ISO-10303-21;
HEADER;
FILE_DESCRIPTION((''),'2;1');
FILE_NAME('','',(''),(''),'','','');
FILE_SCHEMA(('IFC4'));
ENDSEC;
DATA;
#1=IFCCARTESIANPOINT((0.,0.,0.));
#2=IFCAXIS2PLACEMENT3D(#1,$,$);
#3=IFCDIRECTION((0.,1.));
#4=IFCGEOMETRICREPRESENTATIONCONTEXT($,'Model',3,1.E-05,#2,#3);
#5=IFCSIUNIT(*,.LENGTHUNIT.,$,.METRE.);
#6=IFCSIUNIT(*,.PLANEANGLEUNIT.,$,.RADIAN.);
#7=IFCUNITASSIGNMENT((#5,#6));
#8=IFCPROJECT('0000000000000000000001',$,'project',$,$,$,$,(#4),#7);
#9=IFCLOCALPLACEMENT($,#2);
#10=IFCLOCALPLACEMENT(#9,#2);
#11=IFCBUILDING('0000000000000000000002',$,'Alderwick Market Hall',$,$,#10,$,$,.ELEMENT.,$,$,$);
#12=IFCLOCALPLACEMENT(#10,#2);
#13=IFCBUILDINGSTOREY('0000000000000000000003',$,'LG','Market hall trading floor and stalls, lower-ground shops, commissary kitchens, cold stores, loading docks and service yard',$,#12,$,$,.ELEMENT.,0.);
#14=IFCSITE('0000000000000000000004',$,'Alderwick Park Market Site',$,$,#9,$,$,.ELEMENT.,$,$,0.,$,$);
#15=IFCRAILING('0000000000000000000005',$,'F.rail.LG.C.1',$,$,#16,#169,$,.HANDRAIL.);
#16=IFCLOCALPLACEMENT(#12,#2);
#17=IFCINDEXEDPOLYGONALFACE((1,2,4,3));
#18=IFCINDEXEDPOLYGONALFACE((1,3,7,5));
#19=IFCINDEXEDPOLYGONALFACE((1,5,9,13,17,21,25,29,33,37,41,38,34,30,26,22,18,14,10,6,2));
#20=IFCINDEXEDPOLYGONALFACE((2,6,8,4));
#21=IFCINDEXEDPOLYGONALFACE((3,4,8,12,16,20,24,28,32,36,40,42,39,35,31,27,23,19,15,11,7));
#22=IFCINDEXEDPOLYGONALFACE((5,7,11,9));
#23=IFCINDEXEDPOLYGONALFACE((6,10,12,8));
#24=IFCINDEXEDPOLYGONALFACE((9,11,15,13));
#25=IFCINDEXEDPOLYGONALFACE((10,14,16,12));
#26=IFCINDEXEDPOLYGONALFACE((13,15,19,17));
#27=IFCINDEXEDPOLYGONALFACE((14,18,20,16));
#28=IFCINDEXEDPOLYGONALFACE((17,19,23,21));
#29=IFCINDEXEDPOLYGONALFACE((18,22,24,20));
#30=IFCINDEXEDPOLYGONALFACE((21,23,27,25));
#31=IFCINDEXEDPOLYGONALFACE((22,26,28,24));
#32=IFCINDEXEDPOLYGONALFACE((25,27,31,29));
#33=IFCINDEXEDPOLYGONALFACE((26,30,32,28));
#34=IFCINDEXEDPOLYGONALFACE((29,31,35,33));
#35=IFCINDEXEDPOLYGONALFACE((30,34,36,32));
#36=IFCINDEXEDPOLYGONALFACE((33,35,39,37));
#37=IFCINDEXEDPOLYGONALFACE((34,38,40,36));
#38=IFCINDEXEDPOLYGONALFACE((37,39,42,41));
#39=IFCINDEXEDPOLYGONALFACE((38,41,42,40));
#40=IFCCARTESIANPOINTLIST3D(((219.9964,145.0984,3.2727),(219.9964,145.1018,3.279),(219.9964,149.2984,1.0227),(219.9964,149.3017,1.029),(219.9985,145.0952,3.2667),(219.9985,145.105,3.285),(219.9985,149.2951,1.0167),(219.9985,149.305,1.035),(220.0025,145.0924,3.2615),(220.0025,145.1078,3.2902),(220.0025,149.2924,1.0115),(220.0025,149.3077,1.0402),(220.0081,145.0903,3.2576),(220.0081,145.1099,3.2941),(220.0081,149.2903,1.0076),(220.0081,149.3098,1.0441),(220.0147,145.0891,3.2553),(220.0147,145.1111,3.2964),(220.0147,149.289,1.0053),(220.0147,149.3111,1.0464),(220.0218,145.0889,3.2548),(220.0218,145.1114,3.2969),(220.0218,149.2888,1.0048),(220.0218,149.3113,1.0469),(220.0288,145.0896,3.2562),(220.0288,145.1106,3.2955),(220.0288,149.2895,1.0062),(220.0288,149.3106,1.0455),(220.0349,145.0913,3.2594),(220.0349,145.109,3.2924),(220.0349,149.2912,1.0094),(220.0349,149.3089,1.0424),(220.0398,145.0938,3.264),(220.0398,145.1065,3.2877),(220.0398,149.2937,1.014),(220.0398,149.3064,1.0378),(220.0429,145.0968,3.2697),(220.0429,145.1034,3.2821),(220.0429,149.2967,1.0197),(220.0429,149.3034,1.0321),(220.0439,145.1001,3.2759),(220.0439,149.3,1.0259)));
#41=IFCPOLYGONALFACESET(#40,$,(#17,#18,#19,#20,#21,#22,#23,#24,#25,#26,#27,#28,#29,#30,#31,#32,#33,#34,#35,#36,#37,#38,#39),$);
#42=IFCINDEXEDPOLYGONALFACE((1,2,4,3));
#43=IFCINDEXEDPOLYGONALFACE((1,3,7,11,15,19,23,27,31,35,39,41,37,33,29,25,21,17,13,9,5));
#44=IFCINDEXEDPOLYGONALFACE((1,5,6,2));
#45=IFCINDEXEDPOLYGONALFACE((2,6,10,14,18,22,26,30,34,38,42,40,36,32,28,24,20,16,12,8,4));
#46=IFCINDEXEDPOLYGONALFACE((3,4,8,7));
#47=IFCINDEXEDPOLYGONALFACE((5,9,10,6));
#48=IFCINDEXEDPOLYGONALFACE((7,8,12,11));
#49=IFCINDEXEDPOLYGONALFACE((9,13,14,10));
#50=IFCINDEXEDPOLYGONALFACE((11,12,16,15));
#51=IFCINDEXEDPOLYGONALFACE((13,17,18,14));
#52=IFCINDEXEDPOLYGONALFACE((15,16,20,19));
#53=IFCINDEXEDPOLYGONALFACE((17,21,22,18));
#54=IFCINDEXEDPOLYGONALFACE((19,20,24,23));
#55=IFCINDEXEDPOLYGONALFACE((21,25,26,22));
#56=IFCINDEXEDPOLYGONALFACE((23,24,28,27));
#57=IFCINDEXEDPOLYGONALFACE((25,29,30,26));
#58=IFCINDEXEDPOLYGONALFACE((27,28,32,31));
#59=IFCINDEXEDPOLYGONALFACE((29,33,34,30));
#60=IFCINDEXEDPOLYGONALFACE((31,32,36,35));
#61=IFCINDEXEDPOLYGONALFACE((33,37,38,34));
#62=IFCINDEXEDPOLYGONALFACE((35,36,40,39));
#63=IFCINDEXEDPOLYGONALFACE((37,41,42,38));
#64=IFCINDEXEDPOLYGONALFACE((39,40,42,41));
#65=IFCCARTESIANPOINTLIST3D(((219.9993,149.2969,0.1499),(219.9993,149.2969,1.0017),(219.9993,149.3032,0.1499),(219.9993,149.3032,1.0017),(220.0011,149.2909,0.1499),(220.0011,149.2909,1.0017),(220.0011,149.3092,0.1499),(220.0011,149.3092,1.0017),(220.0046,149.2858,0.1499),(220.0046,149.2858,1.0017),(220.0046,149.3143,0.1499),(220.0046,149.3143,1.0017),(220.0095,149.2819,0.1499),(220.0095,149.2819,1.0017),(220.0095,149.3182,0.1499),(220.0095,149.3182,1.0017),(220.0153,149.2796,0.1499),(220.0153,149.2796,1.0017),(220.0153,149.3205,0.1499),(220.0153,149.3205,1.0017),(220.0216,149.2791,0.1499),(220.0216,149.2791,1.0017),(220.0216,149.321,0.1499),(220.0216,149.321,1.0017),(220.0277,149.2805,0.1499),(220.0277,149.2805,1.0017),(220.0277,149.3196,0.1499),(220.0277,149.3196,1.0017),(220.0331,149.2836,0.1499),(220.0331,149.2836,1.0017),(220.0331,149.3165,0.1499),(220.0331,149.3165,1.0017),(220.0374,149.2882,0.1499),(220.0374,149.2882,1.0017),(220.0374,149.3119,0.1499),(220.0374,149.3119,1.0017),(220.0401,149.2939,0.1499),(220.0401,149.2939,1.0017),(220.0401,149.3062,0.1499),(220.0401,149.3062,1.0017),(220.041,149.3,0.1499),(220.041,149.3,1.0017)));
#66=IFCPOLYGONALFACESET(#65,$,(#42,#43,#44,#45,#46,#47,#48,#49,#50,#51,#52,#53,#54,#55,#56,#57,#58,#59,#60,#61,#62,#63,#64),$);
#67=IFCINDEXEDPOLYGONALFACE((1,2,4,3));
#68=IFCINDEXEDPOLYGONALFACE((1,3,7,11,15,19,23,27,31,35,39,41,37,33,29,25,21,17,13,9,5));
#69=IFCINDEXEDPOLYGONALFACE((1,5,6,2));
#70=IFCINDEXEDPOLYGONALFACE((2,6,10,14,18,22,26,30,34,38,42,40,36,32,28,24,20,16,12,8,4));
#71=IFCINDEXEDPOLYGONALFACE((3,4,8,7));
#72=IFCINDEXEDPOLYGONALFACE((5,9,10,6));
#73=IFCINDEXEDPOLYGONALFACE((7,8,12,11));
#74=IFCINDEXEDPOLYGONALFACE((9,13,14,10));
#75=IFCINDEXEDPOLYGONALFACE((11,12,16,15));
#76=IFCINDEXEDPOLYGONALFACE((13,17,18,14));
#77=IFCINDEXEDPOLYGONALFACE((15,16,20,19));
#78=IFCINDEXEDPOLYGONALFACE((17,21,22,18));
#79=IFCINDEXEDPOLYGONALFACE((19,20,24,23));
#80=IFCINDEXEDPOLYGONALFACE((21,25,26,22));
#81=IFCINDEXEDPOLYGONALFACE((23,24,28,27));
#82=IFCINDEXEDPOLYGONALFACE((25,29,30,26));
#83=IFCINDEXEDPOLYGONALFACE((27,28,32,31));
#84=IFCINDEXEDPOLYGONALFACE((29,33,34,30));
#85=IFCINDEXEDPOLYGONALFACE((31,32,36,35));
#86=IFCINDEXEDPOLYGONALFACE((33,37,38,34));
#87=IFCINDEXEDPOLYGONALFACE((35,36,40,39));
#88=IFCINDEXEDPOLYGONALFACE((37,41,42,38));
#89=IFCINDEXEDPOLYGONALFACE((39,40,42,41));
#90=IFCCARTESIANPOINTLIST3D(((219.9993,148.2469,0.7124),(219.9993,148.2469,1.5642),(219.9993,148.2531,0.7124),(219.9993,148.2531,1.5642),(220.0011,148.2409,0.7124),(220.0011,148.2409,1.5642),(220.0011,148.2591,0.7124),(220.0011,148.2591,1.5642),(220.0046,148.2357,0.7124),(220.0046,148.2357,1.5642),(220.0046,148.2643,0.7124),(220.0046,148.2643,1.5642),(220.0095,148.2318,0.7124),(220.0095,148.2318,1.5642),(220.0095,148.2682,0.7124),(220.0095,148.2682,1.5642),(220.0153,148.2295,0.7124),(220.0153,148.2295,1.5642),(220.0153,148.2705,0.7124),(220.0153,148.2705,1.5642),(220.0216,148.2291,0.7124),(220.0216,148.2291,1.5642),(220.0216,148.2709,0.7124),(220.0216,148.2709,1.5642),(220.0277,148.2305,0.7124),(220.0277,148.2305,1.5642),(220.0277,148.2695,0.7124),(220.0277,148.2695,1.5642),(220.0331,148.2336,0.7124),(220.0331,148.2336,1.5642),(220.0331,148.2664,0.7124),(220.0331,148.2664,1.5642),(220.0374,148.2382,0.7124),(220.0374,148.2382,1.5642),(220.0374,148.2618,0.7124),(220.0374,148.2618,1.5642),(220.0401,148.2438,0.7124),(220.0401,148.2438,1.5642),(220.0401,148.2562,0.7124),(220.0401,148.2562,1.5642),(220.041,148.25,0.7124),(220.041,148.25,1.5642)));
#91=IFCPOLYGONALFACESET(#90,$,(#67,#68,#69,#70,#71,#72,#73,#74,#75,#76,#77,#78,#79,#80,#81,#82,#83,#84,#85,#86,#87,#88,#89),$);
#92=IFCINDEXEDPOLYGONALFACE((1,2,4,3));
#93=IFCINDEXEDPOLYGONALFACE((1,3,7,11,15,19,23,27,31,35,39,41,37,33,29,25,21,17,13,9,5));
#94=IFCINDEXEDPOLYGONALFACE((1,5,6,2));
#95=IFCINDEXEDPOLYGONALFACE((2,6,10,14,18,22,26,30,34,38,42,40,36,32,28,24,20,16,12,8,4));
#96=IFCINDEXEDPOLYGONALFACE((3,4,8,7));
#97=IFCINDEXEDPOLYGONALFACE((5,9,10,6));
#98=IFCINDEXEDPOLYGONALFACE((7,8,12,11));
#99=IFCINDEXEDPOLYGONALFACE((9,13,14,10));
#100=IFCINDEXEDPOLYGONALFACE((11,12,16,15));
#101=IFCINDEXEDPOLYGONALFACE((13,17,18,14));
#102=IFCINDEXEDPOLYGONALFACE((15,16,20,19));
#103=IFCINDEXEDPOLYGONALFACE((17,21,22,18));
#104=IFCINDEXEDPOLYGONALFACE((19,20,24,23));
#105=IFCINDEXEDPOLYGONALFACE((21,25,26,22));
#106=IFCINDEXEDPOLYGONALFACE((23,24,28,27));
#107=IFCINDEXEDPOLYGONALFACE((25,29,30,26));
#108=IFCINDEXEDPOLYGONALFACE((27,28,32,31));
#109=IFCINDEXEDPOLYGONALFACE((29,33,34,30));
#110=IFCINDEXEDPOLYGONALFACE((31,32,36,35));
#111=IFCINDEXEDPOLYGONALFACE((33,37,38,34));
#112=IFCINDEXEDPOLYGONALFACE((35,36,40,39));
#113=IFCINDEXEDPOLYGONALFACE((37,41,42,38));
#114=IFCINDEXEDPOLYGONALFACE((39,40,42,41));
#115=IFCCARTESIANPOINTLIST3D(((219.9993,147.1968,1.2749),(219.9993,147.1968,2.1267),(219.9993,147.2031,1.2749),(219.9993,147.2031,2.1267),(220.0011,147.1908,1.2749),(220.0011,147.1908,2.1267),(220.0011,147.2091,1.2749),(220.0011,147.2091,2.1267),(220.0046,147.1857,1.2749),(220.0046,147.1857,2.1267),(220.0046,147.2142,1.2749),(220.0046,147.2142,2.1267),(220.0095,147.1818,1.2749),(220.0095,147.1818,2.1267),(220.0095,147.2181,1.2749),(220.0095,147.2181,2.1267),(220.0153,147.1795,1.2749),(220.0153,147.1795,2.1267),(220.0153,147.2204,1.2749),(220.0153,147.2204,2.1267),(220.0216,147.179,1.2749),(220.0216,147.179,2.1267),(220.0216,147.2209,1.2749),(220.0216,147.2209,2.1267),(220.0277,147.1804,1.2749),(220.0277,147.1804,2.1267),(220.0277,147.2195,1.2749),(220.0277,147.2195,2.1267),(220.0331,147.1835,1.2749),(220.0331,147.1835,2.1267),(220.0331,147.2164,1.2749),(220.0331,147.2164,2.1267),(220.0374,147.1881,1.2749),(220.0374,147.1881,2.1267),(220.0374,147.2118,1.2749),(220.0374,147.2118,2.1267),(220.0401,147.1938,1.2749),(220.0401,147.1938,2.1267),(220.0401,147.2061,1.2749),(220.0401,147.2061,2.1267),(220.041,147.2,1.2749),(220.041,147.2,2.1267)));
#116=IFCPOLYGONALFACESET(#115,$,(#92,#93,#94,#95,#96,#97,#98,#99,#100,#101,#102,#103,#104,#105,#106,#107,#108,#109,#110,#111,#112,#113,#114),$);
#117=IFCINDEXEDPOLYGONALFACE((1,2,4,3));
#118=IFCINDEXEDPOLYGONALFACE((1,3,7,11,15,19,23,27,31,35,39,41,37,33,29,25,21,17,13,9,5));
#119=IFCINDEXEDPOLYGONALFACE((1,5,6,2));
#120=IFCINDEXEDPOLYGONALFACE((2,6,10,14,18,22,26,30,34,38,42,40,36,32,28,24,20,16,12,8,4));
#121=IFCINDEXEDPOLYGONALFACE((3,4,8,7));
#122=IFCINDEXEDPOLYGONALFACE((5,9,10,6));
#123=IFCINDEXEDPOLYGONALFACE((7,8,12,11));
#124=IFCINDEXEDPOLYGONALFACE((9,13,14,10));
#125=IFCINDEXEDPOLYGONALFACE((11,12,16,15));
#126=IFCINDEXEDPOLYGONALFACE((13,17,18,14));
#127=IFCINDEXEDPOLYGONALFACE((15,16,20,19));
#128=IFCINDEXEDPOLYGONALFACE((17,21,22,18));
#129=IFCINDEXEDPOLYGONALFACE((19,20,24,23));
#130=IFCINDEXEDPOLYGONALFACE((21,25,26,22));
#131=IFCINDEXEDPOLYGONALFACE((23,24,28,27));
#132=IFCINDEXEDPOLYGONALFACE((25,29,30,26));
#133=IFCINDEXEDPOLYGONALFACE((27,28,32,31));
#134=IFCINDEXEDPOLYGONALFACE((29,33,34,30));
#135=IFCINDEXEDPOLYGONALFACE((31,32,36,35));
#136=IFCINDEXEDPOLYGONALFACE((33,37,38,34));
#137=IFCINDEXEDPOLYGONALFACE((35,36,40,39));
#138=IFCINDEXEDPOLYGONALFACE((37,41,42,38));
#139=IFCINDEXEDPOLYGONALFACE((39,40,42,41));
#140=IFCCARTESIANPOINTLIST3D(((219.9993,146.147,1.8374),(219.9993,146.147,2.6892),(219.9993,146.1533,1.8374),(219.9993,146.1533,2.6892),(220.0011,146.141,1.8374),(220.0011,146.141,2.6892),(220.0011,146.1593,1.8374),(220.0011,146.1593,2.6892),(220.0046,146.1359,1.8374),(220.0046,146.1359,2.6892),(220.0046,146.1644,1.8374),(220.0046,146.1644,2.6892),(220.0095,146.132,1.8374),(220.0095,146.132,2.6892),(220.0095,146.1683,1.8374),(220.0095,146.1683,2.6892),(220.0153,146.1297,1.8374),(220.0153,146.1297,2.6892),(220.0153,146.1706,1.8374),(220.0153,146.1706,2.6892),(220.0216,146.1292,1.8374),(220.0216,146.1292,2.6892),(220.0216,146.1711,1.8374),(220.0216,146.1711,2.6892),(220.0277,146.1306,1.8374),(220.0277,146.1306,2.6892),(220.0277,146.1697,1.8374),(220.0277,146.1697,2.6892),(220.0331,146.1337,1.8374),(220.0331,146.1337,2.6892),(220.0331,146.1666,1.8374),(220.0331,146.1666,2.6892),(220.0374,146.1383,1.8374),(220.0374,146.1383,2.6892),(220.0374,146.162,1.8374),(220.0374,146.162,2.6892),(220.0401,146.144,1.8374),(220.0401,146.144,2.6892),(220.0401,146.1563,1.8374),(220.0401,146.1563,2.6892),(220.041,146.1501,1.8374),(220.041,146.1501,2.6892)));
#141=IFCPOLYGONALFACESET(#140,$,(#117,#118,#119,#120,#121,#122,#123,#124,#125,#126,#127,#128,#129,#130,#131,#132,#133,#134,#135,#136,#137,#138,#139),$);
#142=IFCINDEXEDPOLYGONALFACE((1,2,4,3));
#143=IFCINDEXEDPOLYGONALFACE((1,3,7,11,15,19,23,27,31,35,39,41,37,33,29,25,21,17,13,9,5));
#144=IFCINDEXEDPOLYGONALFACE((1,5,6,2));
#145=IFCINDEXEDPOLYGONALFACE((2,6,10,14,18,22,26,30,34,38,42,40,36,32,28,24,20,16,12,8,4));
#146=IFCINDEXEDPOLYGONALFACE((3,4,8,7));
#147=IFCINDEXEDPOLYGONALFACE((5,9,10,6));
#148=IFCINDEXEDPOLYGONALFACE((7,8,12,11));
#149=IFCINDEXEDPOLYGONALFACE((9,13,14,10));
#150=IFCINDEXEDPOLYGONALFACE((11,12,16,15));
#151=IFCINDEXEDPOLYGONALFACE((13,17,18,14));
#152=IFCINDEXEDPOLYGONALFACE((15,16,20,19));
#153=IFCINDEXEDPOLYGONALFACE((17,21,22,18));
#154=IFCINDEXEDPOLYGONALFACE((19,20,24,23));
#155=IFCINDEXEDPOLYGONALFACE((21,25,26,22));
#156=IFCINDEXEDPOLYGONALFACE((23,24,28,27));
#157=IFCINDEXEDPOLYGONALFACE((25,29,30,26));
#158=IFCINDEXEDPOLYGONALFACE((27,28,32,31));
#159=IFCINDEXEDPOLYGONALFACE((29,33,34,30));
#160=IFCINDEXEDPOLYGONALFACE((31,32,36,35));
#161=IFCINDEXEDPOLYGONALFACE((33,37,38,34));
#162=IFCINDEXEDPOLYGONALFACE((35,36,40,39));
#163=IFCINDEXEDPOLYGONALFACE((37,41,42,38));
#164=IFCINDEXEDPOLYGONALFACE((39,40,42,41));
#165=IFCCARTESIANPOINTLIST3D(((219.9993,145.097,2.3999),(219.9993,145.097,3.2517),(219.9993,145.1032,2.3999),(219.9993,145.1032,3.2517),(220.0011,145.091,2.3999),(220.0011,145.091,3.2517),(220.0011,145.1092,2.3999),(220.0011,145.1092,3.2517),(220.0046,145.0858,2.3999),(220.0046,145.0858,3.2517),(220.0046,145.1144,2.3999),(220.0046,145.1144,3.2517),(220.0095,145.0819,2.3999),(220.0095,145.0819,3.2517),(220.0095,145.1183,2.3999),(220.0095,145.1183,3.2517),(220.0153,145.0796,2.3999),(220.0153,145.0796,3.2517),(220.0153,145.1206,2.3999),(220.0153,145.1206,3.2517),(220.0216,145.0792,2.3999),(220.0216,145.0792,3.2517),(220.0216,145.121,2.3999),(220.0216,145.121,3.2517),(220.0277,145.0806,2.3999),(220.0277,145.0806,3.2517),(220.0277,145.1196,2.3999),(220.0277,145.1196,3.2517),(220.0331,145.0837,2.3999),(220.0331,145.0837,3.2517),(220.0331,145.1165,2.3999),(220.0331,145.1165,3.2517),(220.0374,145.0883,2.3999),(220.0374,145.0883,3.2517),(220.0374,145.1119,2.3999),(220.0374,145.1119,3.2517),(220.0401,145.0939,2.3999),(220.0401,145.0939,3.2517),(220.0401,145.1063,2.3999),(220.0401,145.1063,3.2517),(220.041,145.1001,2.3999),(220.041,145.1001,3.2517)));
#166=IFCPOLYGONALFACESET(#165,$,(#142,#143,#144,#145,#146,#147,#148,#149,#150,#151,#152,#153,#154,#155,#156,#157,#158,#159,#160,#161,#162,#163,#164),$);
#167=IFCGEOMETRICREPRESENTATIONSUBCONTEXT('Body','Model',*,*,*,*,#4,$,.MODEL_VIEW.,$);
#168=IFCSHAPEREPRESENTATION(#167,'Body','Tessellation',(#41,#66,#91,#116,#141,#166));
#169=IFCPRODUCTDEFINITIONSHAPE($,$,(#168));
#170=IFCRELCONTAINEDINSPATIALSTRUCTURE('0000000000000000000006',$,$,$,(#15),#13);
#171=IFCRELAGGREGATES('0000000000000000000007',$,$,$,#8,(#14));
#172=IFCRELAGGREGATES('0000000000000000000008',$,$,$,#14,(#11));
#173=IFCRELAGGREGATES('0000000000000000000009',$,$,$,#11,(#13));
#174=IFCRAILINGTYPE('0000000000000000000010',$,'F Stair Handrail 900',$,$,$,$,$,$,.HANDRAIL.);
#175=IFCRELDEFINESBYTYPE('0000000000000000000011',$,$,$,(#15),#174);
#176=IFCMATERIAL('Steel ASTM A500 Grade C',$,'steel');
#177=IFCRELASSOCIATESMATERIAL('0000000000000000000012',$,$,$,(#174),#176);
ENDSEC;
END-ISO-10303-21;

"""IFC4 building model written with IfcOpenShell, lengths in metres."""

from ifc_helpers import new_model, si_unit, direction, frame, origin, origin_2d, place, context, subcontext, project, spatial, circle, extrude, material, type_object, element, save


model = new_model("IFC4")

# Units and contexts
model_context = context("Model", 3, precision=1e-05, world=origin(), true_north=direction((0.0, 1.0)))
body_context = subcontext(model_context, "Body", "Model", "MODEL_VIEW")
ifc_project = project(units=[si_unit("LENGTHUNIT", "METRE"), si_unit("PLANEANGLEUNIT", "RADIAN")], contexts=[model_context])

# Site, building, storey
site_placement = place(None, origin())
site = spatial("IfcSite", under=ifc_project, at=site_placement, Name="Alderwick Park Market Site", CompositionType="ELEMENT", RefElevation=0.0)
building_placement = place(site_placement, origin())
building = spatial("IfcBuilding", under=site, at=building_placement, Name="Alderwick Market Hall", CompositionType="ELEMENT")
storey_placement = place(building_placement, origin())
storey = spatial("IfcBuildingStorey", under=building, at=storey_placement, Name="LG", Description="Market hall trading floor and stalls, lower-ground shops, commissary kitchens, cold stores, loading docks and service yard", CompositionType="ELEMENT", Elevation=0.0)

# Railing
ifc_material_1 = material(Name="Steel ASTM A500 Grade C", Category="steel")
railing_type = type_object("IfcRailingType", Name="F Stair Handrail 900", PredefinedType="HANDRAIL", material=ifc_material_1)
for number, where, name in (
    (1, (220.02, 149.3, 0.1499), "F.rail.LG.C.1"),
):
    element("IfcRailing", number, at=place(storey_placement, frame(where)), inside=storey, type_object=railing_type, Name=name, PredefinedType="HANDRAIL", context=body_context, shape_type="SweptSolid", body=[
        extrude(circle(Radius=0.0239, at=origin_2d()), frame((0.0, 0.0, 0.876), z_axis=(0.0, -0.881478, 0.472226), x_axis=(1.0, 0.0, 0.0)), (0.0, 0.0, 1.0), 4.7646),
        extrude(circle(Radius=0.021, at=origin_2d()), origin(), (0.0, 0.0, 1.0), 0.8518),
        extrude(circle(Radius=0.021, at=origin_2d()), frame((0.0, -1.05, 0.5625)), (0.0, 0.0, 1.0), 0.8518),
        extrude(circle(Radius=0.021, at=origin_2d()), frame((0.0, -2.1001, 1.125)), (0.0, 0.0, 1.0), 0.8518),
        extrude(circle(Radius=0.021, at=origin_2d()), frame((0.0, -3.1499, 1.6875)), (0.0, 0.0, 1.0), 0.8518),
        extrude(circle(Radius=0.021, at=origin_2d()), frame((0.0, -4.2, 2.25)), (0.0, 0.0, 1.0), 0.8518),
    ])

save(model, "model.ifc")
